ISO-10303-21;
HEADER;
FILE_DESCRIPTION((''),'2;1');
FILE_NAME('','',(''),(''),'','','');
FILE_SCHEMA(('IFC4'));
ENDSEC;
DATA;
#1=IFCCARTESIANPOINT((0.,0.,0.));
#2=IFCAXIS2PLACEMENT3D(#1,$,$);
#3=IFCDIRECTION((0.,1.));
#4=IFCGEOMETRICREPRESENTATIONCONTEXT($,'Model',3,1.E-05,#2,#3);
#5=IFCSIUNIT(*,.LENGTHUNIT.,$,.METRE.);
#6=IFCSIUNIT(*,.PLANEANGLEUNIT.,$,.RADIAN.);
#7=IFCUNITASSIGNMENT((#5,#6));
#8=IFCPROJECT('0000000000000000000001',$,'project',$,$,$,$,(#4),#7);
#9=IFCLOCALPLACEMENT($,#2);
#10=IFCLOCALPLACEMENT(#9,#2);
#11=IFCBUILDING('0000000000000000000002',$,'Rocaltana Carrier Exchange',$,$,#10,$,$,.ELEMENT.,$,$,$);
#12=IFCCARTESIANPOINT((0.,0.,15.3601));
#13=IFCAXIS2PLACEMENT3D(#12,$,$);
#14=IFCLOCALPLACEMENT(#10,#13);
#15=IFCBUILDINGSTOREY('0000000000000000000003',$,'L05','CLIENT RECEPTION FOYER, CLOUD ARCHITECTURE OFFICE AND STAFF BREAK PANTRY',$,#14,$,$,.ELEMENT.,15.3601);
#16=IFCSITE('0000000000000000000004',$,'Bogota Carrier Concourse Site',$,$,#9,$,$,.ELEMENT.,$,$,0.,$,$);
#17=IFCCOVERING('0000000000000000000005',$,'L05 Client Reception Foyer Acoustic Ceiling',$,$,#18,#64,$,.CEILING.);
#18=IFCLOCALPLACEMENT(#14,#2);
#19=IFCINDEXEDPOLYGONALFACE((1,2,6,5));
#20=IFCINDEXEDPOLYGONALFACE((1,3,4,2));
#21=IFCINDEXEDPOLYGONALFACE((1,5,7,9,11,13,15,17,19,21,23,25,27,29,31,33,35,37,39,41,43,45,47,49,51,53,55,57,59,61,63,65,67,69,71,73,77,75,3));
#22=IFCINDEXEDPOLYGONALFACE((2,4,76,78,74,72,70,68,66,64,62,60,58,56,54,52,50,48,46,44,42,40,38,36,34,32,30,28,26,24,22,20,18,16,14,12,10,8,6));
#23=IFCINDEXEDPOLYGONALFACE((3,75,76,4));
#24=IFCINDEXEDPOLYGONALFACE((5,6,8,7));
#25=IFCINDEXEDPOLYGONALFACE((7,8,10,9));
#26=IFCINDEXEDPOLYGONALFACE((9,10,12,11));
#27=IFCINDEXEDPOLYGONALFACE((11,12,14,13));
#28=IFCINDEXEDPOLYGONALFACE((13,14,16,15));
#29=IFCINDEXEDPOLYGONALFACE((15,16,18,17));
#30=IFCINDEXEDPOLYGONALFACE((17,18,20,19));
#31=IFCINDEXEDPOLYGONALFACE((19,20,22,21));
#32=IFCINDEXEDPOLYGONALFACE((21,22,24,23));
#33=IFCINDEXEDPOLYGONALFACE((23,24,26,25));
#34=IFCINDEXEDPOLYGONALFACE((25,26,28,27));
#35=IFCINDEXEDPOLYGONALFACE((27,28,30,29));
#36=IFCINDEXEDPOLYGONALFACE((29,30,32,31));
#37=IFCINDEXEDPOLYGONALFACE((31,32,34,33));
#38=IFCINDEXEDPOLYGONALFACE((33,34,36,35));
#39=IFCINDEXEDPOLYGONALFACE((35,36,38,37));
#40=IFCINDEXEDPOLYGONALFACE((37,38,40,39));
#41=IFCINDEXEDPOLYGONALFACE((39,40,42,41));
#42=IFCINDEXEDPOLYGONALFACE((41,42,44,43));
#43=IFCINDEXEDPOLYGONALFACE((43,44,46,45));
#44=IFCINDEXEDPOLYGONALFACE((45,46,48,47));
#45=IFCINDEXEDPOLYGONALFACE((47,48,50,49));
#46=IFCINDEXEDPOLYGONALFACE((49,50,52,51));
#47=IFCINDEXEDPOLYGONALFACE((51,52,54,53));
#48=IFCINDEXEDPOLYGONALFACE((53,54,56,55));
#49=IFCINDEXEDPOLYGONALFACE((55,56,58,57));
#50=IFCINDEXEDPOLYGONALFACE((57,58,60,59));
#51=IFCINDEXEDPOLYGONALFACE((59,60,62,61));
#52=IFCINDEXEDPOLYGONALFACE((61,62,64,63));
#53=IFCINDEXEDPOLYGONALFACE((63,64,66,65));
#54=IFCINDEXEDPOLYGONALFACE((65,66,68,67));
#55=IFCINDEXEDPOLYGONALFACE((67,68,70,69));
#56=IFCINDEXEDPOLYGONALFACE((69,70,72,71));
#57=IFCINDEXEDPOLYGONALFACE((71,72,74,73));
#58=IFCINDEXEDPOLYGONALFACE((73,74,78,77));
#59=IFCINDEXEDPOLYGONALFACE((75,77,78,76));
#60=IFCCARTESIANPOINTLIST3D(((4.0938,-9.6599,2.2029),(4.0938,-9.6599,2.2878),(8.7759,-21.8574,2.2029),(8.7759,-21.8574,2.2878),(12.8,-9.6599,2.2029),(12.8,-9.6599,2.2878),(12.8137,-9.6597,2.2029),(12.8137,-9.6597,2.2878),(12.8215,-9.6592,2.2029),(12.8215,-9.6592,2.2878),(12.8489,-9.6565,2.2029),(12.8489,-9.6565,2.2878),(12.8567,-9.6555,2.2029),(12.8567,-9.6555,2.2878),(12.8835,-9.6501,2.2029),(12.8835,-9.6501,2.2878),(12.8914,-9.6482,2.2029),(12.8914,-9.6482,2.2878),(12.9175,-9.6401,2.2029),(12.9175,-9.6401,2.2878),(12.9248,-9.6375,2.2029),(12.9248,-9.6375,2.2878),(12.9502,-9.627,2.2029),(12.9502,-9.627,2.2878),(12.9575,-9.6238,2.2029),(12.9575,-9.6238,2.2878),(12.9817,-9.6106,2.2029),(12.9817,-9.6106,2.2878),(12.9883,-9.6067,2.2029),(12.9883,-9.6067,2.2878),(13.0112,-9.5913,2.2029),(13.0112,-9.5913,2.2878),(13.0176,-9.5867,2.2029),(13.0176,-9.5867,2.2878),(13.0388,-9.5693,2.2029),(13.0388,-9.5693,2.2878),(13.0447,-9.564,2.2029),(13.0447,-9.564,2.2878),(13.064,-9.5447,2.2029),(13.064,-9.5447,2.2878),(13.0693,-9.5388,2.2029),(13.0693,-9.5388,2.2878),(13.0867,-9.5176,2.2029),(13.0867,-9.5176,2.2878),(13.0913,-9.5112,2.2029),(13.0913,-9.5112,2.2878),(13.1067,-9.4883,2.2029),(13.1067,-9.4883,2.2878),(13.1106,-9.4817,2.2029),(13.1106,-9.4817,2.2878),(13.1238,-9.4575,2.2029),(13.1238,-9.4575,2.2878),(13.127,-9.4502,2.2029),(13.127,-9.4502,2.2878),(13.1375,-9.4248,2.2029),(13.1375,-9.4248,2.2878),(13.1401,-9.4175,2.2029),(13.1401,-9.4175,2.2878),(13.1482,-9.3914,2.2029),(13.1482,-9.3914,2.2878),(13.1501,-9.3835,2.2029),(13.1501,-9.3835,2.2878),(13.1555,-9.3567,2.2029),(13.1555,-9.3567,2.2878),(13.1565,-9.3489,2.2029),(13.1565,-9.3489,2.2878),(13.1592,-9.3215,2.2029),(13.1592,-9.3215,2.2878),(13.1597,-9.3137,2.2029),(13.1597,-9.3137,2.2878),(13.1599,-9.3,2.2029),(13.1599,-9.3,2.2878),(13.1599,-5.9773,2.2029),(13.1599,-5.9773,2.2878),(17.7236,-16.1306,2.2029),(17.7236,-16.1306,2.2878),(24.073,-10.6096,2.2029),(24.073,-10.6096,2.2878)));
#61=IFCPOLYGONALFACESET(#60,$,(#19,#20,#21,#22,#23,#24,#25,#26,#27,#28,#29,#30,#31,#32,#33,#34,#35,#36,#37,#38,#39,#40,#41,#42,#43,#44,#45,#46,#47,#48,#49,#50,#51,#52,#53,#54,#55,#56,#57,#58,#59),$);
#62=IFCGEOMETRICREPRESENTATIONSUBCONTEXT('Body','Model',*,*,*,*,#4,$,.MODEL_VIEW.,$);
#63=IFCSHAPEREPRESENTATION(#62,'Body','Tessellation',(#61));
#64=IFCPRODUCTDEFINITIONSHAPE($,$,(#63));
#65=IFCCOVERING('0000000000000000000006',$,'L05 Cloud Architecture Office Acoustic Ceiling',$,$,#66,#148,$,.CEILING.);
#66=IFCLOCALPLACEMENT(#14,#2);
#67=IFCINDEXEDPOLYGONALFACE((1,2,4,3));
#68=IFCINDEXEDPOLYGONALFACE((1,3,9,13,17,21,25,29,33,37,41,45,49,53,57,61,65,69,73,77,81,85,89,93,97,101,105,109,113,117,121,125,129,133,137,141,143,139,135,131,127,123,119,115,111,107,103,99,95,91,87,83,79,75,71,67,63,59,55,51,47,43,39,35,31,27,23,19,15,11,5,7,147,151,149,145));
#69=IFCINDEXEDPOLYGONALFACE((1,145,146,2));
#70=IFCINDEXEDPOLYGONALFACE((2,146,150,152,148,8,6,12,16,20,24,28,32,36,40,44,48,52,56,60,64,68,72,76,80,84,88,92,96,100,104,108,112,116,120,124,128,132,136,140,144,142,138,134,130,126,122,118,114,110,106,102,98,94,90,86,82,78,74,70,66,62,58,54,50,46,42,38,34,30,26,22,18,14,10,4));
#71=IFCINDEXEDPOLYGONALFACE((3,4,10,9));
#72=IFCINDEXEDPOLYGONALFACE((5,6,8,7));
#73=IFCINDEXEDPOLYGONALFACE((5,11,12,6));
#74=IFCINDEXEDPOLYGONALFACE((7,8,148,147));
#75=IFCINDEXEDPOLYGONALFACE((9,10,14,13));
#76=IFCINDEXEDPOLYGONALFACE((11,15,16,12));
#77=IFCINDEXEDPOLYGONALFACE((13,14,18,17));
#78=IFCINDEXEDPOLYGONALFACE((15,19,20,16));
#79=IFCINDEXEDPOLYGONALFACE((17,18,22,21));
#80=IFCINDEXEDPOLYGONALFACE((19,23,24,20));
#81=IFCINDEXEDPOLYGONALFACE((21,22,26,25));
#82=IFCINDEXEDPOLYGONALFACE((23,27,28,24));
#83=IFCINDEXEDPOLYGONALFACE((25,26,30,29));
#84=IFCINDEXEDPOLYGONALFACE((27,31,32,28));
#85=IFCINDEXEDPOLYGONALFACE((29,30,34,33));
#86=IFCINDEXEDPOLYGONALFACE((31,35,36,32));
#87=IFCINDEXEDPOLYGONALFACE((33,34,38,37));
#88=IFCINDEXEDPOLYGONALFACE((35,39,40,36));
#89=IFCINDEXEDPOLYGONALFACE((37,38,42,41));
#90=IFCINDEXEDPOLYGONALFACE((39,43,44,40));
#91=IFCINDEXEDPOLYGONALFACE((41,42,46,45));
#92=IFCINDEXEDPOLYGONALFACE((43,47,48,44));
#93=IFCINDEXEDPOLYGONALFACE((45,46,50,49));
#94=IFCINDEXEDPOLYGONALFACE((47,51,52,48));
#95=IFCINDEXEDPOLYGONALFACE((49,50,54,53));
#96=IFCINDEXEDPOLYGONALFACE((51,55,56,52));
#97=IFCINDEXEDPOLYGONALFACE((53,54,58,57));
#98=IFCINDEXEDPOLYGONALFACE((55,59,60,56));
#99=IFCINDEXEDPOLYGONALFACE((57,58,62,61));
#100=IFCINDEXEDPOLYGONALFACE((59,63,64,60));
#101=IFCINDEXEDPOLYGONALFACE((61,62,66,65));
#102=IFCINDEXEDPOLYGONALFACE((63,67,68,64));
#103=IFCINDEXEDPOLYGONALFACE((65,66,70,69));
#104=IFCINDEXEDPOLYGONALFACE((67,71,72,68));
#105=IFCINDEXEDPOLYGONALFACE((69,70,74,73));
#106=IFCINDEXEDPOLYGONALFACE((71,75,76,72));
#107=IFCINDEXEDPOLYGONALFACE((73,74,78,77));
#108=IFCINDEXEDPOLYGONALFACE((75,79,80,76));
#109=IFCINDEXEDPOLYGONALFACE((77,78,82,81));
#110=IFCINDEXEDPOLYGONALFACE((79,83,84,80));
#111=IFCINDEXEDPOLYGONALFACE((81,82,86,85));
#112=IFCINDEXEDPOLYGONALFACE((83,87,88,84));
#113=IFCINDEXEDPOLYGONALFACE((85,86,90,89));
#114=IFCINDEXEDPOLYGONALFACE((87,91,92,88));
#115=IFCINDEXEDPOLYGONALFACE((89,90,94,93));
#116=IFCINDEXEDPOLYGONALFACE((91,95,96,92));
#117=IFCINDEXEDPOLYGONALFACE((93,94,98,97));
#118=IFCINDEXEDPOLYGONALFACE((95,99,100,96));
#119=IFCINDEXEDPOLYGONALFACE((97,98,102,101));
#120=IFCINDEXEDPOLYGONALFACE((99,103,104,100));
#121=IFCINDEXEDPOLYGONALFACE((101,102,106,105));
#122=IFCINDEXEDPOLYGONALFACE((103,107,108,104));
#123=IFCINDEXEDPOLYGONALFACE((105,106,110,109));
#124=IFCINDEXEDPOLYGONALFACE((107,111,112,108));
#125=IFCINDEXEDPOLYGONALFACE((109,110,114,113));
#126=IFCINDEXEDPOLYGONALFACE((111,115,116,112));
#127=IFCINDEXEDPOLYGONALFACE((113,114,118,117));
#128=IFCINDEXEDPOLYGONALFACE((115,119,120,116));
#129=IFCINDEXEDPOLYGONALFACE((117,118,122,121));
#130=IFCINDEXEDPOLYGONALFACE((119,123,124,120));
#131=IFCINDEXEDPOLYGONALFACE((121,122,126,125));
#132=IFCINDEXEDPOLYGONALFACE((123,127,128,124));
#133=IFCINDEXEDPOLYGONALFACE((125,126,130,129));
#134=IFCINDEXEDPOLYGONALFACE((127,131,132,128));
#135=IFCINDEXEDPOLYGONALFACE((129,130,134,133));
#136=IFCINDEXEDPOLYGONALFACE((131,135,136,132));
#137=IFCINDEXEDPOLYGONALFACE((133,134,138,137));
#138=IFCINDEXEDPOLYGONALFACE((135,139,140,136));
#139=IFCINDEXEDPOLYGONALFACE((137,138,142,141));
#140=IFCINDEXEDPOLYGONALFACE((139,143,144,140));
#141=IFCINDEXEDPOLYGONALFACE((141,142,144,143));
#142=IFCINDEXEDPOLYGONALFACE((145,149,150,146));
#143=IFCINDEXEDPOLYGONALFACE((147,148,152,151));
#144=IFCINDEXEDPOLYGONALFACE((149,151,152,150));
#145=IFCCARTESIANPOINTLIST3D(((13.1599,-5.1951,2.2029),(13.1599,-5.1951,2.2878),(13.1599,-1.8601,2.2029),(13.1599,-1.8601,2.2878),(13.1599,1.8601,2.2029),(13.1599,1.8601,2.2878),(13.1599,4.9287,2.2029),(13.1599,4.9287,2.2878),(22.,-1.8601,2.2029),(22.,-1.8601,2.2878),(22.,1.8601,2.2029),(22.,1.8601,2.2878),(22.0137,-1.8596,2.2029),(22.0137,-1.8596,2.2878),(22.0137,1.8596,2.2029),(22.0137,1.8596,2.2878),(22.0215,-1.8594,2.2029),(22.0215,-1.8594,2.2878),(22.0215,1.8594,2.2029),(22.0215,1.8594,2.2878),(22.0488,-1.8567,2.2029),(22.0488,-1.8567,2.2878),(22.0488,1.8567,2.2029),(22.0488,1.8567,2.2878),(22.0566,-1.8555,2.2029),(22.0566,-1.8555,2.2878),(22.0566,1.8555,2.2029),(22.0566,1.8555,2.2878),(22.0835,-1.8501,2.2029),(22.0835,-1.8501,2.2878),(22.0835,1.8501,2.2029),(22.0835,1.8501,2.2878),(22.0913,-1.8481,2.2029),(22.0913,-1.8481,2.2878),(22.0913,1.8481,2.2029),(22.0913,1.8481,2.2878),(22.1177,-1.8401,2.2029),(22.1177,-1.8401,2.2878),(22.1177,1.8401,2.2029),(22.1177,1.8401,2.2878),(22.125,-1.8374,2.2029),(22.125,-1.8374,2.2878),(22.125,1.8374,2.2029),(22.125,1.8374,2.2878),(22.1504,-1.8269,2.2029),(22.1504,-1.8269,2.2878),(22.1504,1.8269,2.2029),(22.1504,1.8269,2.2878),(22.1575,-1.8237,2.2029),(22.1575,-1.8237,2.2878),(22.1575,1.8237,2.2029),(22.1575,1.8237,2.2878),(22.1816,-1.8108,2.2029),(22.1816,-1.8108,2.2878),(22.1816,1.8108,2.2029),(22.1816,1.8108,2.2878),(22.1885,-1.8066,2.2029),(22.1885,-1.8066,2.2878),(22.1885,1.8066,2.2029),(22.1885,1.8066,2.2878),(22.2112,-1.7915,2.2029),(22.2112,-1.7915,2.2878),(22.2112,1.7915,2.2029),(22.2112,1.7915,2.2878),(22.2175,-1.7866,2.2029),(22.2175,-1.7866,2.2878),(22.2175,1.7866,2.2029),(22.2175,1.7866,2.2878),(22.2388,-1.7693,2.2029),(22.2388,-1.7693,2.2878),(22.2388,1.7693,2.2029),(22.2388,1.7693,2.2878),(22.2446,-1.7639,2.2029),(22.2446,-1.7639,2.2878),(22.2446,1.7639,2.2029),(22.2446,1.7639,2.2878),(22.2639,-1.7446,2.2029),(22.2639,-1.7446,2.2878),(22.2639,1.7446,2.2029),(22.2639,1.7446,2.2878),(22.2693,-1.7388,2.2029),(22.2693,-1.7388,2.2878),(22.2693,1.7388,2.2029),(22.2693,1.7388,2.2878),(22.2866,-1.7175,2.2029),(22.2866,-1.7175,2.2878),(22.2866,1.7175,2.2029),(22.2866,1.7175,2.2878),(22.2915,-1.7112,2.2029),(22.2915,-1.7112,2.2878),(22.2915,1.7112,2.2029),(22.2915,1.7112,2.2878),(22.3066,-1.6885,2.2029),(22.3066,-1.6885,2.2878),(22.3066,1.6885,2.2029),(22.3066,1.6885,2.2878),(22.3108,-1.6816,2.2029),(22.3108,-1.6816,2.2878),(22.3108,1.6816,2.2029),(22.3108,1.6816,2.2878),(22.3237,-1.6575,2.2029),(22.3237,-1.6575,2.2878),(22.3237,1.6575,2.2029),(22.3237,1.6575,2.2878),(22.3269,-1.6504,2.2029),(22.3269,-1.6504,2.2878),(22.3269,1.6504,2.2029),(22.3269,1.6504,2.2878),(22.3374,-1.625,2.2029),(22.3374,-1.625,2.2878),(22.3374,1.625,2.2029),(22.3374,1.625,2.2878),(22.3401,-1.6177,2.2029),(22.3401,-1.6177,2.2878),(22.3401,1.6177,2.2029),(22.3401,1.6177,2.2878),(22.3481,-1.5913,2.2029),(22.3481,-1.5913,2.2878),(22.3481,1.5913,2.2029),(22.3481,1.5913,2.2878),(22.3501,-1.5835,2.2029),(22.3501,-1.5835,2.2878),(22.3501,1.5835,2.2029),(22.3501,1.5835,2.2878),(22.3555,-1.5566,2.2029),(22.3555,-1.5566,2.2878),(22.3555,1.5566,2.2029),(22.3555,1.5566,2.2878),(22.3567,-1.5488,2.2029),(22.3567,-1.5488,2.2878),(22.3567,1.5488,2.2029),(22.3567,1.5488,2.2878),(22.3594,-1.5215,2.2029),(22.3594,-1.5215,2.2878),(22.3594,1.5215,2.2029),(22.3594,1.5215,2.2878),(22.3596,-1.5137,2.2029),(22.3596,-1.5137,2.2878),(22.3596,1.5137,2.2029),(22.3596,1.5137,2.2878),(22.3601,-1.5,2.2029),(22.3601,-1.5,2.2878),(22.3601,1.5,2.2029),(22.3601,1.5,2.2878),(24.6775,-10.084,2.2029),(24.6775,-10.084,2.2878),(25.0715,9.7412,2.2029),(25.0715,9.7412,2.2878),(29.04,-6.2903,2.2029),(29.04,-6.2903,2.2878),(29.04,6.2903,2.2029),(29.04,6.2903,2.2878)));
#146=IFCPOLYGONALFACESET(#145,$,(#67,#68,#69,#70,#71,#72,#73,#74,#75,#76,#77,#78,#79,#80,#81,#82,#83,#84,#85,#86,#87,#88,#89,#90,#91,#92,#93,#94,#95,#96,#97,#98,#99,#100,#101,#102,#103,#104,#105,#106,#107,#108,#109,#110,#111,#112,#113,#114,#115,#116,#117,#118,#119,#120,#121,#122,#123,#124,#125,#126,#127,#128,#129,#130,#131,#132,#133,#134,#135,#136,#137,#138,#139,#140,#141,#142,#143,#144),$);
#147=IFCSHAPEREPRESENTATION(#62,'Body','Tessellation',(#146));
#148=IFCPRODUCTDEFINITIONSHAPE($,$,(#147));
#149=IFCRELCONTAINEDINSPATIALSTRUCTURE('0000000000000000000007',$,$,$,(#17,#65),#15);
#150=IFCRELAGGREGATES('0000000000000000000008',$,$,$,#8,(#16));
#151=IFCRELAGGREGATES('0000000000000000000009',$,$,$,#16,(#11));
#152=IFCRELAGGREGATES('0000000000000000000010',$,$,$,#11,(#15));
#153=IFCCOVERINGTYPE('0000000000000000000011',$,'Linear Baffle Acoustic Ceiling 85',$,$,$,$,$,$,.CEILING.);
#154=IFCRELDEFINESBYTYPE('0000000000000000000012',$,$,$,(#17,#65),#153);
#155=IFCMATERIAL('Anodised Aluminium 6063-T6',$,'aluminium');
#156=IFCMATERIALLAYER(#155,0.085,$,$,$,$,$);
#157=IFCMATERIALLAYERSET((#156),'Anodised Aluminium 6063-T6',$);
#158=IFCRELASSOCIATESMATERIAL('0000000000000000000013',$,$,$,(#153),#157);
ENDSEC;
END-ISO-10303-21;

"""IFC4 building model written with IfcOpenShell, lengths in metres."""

from ifc_helpers import new_model, si_unit, direction, frame, origin, place, context, subcontext, project, spatial, polyline, outline, extrude, material, layer, layer_set, type_object, element, save


model = new_model("IFC4")

# Units and contexts
model_context = context("Model", 3, precision=1e-05, world=origin(), true_north=direction((0.0, 1.0)))
body_context = subcontext(model_context, "Body", "Model", "MODEL_VIEW")
ifc_project = project(units=[si_unit("LENGTHUNIT", "METRE"), si_unit("PLANEANGLEUNIT", "RADIAN")], contexts=[model_context])

# Site, building, storey
site_placement = place(None, origin())
site = spatial("IfcSite", under=ifc_project, at=site_placement, Name="Bogota Carrier Concourse Site", CompositionType="ELEMENT", RefElevation=0.0)
building_placement = place(site_placement, origin())
building = spatial("IfcBuilding", under=site, at=building_placement, Name="Rocaltana Carrier Exchange", CompositionType="ELEMENT")
storey_placement = place(building_placement, frame((0.0, 0.0, 15.3601)))
storey = spatial("IfcBuildingStorey", under=building, at=storey_placement, Name="L05", Description="CLIENT RECEPTION FOYER, CLOUD ARCHITECTURE OFFICE AND STAFF BREAK PANTRY", CompositionType="ELEMENT", Elevation=15.3601)

# Coverings
ifc_material_1 = material(Name="Anodised Aluminium 6063-T6", Category="aluminium")
ifc_layer_1 = layer(ifc_material_1, 0.085)
ifc_layer_set_1 = layer_set([ifc_layer_1], Name="Anodised Aluminium 6063-T6")
covering_type_1 = type_object("IfcCoveringType", Name="Linear Baffle Acoustic Ceiling 85", PredefinedType="CEILING", material=ifc_layer_set_1)
covering_1_placement = place(storey_placement, frame((0.0, 0.0, 2.2029)))
element("IfcCovering", 1, at=covering_1_placement, inside=storey, type_object=covering_type_1, Name="L05 Client Reception Foyer Acoustic Ceiling", PredefinedType="CEILING", context=body_context, shape_type="SweptSolid", body=[
    extrude(outline(polyline([(17.7236, -16.1306), (8.7759, -21.8574), (4.0938, -9.6599), (12.8, -9.6599), (12.8137, -9.6597), (12.8215, -9.6592), (12.8489, -9.6565), (12.8567, -9.6555), (12.8835, -9.6501), (12.8914, -9.6482), (12.9175, -9.6401), (12.9248, -9.6375), (12.9502, -9.627), (12.9575, -9.6238), (12.9817, -9.6106), (12.9883, -9.6067), (13.0112, -9.5913), (13.0176, -9.5867), (13.0388, -9.5693), (13.0447, -9.564), (13.064, -9.5447), (13.0693, -9.5388), (13.0867, -9.5176), (13.0913, -9.5112), (13.1067, -9.4883), (13.1106, -9.4817), (13.1238, -9.4575), (13.127, -9.4502), (13.1375, -9.4248), (13.1401, -9.4175), (13.1482, -9.3914), (13.1501, -9.3835), (13.1555, -9.3567), (13.1565, -9.3489), (13.1592, -9.3215), (13.1597, -9.3137), (13.1599, -9.3), (13.1599, -5.9773), (24.073, -10.6096), (17.7236, -16.1306)])), origin(), (0.0, 0.0, 1.0), 0.085),
])
covering_2_placement = place(storey_placement, frame((0.0, 0.0, 2.2029)))
element("IfcCovering", 2, at=covering_2_placement, inside=storey, type_object=covering_type_1, Name="L05 Cloud Architecture Office Acoustic Ceiling", PredefinedType="CEILING", context=body_context, shape_type="SweptSolid", body=[
    extrude(outline(polyline([(29.04, 6.2903), (29.04, -6.2903), (24.6775, -10.084), (13.1599, -5.1951), (13.1599, -1.8601), (22.0, -1.8601), (22.0137, -1.8596), (22.0215, -1.8594), (22.0488, -1.8567), (22.0566, -1.8555), (22.0835, -1.8501), (22.0913, -1.8481), (22.1177, -1.8401), (22.125, -1.8374), (22.1504, -1.8269), (22.1575, -1.8237), (22.1816, -1.8108), (22.1885, -1.8066), (22.2112, -1.7915), (22.2175, -1.7866), (22.2388, -1.7693), (22.2446, -1.7639), (22.2639, -1.7446), (22.2693, -1.7388), (22.2866, -1.7175), (22.2915, -1.7112), (22.3066, -1.6885), (22.3108, -1.6816), (22.3237, -1.6575), (22.3269, -1.6504), (22.3374, -1.625), (22.3401, -1.6177), (22.3481, -1.5913), (22.3501, -1.5835), (22.3555, -1.5566), (22.3567, -1.5488), (22.3594, -1.5215), (22.3596, -1.5137), (22.3601, -1.5), (22.3601, 1.5), (22.3596, 1.5137), (22.3594, 1.5215), (22.3567, 1.5488), (22.3555, 1.5566), (22.3501, 1.5835), (22.3481, 1.5913), (22.3401, 1.6177), (22.3374, 1.625), (22.3269, 1.6504), (22.3237, 1.6575), (22.3108, 1.6816), (22.3066, 1.6885), (22.2915, 1.7112), (22.2866, 1.7175), (22.2693, 1.7388), (22.2639, 1.7446), (22.2446, 1.7639), (22.2388, 1.7693), (22.2175, 1.7866), (22.2112, 1.7915), (22.1885, 1.8066), (22.1816, 1.8108), (22.1575, 1.8237), (22.1504, 1.8269), (22.125, 1.8374), (22.1177, 1.8401), (22.0913, 1.8481), (22.0835, 1.8501), (22.0566, 1.8555), (22.0488, 1.8567), (22.0215, 1.8594), (22.0137, 1.8596), (22.0, 1.8601), (13.1599, 1.8601), (13.1599, 4.9287), (25.0715, 9.7412), (29.04, 6.2903)])), origin(), (0.0, 0.0, 1.0), 0.085),
])

save(model, "model.ifc")
